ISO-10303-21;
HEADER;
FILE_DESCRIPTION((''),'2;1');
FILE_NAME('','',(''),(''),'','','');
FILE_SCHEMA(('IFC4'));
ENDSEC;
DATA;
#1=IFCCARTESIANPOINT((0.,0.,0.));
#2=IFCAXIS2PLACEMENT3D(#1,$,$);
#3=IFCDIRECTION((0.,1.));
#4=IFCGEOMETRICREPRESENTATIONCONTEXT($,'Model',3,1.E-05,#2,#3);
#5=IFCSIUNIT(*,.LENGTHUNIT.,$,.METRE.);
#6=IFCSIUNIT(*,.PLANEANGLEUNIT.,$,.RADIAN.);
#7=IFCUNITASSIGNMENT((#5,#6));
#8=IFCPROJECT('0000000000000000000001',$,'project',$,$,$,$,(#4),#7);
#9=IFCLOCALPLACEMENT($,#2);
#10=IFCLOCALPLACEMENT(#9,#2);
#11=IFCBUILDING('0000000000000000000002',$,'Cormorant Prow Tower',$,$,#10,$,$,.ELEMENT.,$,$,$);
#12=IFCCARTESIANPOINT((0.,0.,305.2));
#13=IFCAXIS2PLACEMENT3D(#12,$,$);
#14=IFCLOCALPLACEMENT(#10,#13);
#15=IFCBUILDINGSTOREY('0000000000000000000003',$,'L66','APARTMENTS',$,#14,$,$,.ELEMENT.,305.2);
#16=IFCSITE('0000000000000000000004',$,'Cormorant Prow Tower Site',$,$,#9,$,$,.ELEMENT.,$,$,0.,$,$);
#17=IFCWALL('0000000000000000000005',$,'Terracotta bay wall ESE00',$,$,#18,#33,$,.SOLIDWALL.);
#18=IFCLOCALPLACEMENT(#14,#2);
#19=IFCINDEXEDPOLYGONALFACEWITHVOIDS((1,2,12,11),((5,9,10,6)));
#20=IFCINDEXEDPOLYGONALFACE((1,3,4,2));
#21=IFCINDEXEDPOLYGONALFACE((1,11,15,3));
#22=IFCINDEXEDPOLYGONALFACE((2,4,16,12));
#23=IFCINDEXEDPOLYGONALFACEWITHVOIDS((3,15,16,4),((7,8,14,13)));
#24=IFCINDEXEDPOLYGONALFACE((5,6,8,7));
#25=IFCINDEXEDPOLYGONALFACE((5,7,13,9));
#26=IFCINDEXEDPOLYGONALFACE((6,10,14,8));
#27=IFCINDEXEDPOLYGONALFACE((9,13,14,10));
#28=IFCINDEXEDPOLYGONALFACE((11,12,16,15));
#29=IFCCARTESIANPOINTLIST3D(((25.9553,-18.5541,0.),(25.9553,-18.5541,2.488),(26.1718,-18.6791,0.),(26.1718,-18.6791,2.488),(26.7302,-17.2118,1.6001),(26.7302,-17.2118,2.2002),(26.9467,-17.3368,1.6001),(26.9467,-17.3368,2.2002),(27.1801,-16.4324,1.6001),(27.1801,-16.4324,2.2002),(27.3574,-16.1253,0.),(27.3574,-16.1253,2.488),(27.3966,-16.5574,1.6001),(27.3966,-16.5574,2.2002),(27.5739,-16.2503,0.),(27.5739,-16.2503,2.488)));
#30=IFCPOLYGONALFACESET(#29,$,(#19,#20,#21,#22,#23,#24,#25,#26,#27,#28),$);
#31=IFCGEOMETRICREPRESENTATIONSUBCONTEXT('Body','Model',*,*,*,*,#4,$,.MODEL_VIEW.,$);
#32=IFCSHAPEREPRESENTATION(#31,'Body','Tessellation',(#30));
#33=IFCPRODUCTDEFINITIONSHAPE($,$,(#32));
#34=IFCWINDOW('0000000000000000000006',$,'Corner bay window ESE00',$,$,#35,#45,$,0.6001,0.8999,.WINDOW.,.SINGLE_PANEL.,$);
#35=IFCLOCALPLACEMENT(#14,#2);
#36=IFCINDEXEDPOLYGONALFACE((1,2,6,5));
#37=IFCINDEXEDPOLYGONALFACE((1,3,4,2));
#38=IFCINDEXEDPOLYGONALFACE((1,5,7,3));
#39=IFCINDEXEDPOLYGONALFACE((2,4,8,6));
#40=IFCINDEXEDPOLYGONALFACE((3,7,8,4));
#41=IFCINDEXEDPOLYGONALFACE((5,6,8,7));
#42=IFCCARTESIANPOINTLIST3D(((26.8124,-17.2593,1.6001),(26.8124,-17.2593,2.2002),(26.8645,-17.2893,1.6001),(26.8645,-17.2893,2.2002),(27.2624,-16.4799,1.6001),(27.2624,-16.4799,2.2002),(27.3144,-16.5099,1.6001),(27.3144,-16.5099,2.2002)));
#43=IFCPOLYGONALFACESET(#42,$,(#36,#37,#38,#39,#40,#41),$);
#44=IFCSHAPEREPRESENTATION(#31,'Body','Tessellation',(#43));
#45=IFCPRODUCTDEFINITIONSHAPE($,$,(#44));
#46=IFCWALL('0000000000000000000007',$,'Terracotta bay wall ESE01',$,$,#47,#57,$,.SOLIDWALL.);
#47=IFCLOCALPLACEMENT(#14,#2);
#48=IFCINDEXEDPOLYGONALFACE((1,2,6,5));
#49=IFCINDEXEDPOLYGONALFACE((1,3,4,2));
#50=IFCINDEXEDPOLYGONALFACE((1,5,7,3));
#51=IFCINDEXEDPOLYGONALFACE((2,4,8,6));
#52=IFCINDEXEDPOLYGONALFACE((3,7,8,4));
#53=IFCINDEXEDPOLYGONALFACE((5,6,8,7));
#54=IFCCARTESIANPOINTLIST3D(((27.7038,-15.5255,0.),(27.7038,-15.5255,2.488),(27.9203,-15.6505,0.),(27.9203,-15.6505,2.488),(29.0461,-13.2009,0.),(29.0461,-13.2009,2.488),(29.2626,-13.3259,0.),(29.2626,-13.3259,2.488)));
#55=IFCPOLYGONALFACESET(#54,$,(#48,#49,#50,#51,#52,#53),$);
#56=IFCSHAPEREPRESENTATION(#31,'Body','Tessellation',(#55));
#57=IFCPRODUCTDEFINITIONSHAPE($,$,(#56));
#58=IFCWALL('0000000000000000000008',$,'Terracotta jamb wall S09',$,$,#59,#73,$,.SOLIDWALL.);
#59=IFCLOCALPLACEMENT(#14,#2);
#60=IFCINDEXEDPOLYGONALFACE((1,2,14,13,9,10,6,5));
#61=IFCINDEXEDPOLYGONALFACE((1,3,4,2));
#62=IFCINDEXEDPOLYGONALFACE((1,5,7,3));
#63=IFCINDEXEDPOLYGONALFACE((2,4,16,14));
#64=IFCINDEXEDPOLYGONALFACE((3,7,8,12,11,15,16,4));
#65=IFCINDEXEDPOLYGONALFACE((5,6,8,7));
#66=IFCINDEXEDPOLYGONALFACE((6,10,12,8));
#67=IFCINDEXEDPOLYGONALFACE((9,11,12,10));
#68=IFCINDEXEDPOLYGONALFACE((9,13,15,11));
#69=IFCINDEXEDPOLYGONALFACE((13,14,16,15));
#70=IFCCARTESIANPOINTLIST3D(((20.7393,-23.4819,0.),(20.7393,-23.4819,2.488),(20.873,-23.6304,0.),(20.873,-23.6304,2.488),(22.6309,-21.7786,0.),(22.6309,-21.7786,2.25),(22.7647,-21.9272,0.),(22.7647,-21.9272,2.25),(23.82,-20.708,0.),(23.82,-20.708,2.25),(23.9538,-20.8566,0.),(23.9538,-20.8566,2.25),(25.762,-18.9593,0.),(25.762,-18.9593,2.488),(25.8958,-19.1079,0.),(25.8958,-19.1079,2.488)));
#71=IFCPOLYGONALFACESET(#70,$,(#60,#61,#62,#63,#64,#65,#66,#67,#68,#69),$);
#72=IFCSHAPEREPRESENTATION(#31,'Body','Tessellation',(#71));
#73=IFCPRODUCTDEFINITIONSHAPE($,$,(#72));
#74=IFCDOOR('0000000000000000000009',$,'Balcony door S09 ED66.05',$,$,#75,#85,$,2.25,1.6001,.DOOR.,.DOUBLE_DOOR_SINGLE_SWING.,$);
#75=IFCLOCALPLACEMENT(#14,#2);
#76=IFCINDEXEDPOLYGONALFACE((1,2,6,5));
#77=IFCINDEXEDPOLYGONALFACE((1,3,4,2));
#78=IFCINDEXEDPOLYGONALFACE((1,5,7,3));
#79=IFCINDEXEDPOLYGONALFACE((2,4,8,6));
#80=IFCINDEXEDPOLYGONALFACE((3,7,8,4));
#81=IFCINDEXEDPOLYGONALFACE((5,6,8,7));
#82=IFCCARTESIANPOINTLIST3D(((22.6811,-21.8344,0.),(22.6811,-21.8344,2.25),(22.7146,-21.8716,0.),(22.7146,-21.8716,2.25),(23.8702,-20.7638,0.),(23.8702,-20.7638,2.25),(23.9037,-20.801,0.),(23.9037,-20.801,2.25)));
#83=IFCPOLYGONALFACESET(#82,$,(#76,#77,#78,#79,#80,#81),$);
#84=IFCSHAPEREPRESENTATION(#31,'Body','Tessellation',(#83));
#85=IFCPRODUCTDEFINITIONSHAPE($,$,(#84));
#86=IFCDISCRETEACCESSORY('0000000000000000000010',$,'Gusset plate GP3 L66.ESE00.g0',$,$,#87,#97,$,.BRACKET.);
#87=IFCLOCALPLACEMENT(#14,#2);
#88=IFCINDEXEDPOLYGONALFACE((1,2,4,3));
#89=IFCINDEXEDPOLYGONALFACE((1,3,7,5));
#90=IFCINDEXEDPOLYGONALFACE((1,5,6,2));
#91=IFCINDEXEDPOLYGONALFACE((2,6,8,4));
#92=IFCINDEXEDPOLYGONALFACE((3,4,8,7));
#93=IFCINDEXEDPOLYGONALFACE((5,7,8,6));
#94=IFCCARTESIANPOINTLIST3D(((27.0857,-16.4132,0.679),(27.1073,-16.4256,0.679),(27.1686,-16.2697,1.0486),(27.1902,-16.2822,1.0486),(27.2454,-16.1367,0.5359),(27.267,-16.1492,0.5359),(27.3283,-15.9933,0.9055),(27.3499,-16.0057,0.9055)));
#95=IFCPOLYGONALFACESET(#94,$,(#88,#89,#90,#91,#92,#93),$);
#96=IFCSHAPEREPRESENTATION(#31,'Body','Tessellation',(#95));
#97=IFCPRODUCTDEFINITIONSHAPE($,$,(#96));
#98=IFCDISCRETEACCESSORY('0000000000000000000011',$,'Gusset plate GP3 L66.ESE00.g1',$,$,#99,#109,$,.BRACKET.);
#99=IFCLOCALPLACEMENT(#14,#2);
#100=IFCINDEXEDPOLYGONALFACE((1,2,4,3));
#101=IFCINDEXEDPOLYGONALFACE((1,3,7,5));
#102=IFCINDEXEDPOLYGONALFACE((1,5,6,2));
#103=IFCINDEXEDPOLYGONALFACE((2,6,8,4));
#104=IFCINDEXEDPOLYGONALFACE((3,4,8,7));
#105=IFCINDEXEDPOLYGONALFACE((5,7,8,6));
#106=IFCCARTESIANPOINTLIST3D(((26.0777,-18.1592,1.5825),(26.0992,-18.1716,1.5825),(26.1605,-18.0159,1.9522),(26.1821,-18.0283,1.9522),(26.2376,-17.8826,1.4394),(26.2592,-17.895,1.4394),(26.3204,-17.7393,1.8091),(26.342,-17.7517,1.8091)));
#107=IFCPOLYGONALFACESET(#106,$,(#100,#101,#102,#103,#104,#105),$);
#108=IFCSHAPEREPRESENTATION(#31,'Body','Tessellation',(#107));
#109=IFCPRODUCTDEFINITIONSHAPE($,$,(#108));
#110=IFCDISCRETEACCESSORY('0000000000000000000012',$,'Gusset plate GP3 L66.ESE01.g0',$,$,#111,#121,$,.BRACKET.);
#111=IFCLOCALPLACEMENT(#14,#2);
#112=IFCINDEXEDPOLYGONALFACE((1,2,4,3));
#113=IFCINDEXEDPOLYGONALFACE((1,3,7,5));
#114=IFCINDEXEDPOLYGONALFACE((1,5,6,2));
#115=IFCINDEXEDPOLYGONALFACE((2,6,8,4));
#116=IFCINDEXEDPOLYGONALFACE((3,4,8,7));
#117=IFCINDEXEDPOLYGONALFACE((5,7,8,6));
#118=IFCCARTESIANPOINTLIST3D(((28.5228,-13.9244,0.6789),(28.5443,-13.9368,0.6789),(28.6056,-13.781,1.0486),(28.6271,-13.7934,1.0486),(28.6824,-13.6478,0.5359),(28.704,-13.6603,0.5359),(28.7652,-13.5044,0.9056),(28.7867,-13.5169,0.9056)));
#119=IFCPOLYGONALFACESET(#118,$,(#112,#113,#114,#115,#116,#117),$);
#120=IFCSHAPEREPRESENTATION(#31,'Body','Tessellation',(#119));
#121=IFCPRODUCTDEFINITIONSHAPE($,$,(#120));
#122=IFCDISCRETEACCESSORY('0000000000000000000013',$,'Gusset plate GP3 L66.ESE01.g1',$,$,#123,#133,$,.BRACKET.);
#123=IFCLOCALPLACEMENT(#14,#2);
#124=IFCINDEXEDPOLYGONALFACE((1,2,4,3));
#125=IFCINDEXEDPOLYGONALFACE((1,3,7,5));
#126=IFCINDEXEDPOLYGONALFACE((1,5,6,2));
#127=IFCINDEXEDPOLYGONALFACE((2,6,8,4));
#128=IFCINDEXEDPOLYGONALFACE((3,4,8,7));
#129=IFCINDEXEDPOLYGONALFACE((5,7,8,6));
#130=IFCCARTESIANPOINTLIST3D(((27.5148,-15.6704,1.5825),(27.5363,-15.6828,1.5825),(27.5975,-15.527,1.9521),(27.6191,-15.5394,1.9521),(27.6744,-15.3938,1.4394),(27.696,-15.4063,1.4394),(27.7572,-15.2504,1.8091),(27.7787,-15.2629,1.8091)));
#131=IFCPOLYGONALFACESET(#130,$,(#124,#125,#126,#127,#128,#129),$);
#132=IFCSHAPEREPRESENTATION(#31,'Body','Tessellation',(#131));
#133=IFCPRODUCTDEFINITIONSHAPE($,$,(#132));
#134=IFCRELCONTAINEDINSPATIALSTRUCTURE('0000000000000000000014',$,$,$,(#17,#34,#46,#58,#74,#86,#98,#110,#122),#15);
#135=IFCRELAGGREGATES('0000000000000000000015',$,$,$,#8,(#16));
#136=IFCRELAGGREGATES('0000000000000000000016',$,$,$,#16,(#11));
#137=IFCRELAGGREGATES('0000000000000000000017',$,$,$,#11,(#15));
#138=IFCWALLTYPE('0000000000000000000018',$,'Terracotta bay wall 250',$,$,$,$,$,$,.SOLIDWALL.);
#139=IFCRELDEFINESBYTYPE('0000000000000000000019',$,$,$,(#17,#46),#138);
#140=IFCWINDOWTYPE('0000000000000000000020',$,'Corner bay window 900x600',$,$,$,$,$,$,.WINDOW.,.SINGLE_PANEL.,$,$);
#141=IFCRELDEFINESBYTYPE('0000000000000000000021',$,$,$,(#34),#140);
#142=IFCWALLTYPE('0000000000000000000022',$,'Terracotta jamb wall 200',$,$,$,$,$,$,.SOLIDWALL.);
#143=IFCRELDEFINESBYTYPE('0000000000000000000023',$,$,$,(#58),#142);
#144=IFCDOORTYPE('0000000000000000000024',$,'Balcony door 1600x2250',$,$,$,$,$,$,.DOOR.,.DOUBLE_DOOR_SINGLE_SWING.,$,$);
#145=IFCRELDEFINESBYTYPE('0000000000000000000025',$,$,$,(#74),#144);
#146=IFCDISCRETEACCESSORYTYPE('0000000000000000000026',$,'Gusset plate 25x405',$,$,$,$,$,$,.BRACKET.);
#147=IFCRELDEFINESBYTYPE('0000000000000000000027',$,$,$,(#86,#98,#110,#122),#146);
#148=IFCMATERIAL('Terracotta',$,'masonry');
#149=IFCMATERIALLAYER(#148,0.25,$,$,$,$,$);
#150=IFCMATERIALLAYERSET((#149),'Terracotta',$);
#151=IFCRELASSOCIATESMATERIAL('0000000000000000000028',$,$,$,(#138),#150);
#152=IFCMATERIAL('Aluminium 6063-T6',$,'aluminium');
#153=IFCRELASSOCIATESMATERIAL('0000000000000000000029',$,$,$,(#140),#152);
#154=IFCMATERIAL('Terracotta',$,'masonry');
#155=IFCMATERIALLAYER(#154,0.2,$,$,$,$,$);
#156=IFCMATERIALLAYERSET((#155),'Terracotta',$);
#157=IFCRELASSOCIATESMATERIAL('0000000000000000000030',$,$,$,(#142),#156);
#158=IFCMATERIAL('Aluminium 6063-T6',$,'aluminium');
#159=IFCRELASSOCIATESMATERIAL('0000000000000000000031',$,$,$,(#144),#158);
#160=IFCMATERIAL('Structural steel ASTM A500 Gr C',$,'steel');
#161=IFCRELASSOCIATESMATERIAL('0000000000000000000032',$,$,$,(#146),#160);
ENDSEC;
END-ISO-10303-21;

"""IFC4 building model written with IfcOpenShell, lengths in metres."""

from ifc_helpers import new_model, si_unit, direction, frame, frame_2d, origin, origin_2d, place, context, subcontext, project, spatial, rectangle, extrude, material, layer, layer_set, material_profile, profile_set, type_object, element, fill, save


model = new_model("IFC4")

# Units and contexts
model_context = context("Model", 3, precision=1e-05, world=origin(), true_north=direction((0.0, 1.0)))
body_context = subcontext(model_context, "Body", "Model", "MODEL_VIEW")
ifc_project = project(units=[si_unit("LENGTHUNIT", "METRE"), si_unit("PLANEANGLEUNIT", "RADIAN")], contexts=[model_context])

# Site, building, storey
site_placement = place(None, origin())
site = spatial("IfcSite", under=ifc_project, at=site_placement, Name="Cormorant Prow Tower Site", CompositionType="ELEMENT", RefElevation=0.0)
building_placement = place(site_placement, origin())
building = spatial("IfcBuilding", under=site, at=building_placement, Name="Cormorant Prow Tower", CompositionType="ELEMENT")
storey_placement = place(building_placement, frame((0.0, 0.0, 305.2)))
storey = spatial("IfcBuildingStorey", under=building, at=storey_placement, Name="L66", Description="APARTMENTS", CompositionType="ELEMENT", Elevation=305.2)

# Wall, opening, window
ifc_material_1 = material(Name="Terracotta", Category="masonry")
ifc_layer_1 = layer(ifc_material_1, 0.25)
ifc_layer_set_1 = layer_set([ifc_layer_1], Name="Terracotta")
wall_type_1 = type_object("IfcWallType", Name="Terracotta bay wall 250", PredefinedType="SOLIDWALL", material=ifc_layer_set_1)
wall_1_placement = place(storey_placement, frame((26.0635, -18.6167, 0.0), z_axis=(0.0, 0.0, 1.0), x_axis=(0.499969, 0.866044, 0.0)))
wall_1 = element("IfcWall", 1, at=wall_1_placement, inside=storey, type_object=wall_type_1, Name="Terracotta bay wall ESE00", PredefinedType="SOLIDWALL", context=body_context, shape_type="SweptSolid", body=[
    extrude(rectangle(XDim=2.8044, YDim=0.25, at=frame_2d((1.4023, 0.0))), origin(), (0.0, 0.0, 1.0), 2.488),
])
opening_1_placement = place(wall_1_placement, frame((1.55, 0.0, 1.6001)))
opening_1 = element("IfcOpeningElement", 2, at=opening_1_placement, cuts=wall_1, PredefinedType="OPENING", context=body_context, shape_type="SweptSolid", body=[
    extrude(rectangle(XDim=0.8999, YDim=0.6001, at=frame_2d((0.45, 0.3))), frame((0.0, 0.135, 0.0), z_axis=(0.0, -1.0, 0.0), x_axis=(1.0, 0.0, 0.0)), (0.0, 0.0, 1.0), 0.27),
])
ifc_material_2 = material(Name="Aluminium 6063-T6", Category="aluminium")
window_type = type_object("IfcWindowType", Name="Corner bay window 900x600", PartitioningType="SINGLE_PANEL", PredefinedType="WINDOW", material=ifc_material_2)
window_placement = place(opening_1_placement, origin())
window = element("IfcWindow", 3, at=window_placement, inside=storey, type_object=window_type, Name="Corner bay window ESE00", OverallHeight=0.6001, OverallWidth=0.8999, PartitioningType="SINGLE_PANEL", PredefinedType="WINDOW", context=body_context, shape_type="SweptSolid", body=[
    extrude(rectangle(XDim=0.8999, YDim=0.6001, at=frame_2d((0.45, 0.3))), frame((0.0, 0.03, 0.0), z_axis=(0.0, -1.0, 0.0), x_axis=(1.0, 0.0, 0.0)), (0.0, 0.0, 1.0), 0.0601),
])
fill(opening_1, window)

# Wall
wall_2_placement = place(storey_placement, frame((27.812, -15.5881, 0.0), z_axis=(0.0, 0.0, 1.0), x_axis=(0.500032, 0.866007, 0.0)))
element("IfcWall", 4, at=wall_2_placement, inside=storey, type_object=wall_type_1, Name="Terracotta bay wall ESE01", PredefinedType="SOLIDWALL", context=body_context, shape_type="SweptSolid", body=[
    extrude(rectangle(XDim=2.6843, YDim=0.25, at=frame_2d((1.3423, 0.0))), origin(), (0.0, 0.0, 1.0), 2.488),
])

# Wall, opening, door
ifc_material_3 = material(Name="Terracotta", Category="masonry")
ifc_layer_2 = layer(ifc_material_3, 0.2)
ifc_layer_set_2 = layer_set([ifc_layer_2], Name="Terracotta")
wall_type_2 = type_object("IfcWallType", Name="Terracotta jamb wall 200", PredefinedType="SOLIDWALL", material=ifc_layer_set_2)
wall_3_placement = place(storey_placement, frame((20.8062, -23.5562, 0.0), z_axis=(0.0, 0.0, 1.0), x_axis=(0.743145, 0.66913, 0.0)))
wall_3 = element("IfcWall", 5, at=wall_3_placement, inside=storey, type_object=wall_type_2, Name="Terracotta jamb wall S09", PredefinedType="SOLIDWALL", context=body_context, shape_type="SweptSolid", body=[
    extrude(rectangle(XDim=6.7588, YDim=0.2, at=frame_2d((3.3794, 0.0))), origin(), (0.0, 0.0, 1.0), 2.488),
])
opening_2_placement = place(wall_3_placement, frame((2.5454, 0.0, 0.0)))
opening_2 = element("IfcOpeningElement", 6, at=opening_2_placement, cuts=wall_3, PredefinedType="OPENING", context=body_context, shape_type="SweptSolid", body=[
    extrude(rectangle(XDim=1.6001, YDim=2.25, at=frame_2d((0.8, 1.125))), frame((0.0, 0.1099, 0.0), z_axis=(0.0, -1.0, 0.0), x_axis=(1.0, 0.0, 0.0)), (0.0, 0.0, 1.0), 0.22),
])
ifc_material_4 = material(Name="Aluminium 6063-T6", Category="aluminium")
door_type_1 = type_object("IfcDoorType", Name="Balcony door 1600x2250", OperationType="DOUBLE_DOOR_SINGLE_SWING", PredefinedType="DOOR", material=ifc_material_4)
door_1_placement = place(opening_2_placement, origin())
door_1 = element("IfcDoor", 7, at=door_1_placement, inside=storey, type_object=door_type_1, Name="Balcony door S09 ED66.05", OperationType="DOUBLE_DOOR_SINGLE_SWING", OverallHeight=2.25, OverallWidth=1.6001, PredefinedType="DOOR", context=body_context, shape_type="SweptSolid", body=[
    extrude(rectangle(XDim=1.6001, YDim=2.25, at=frame_2d((0.8, 1.125))), frame((0.0, 0.0249, 0.0), z_axis=(0.0, -1.0, 0.0), x_axis=(1.0, 0.0, 0.0)), (0.0, 0.0, 1.0), 0.05),
])
fill(opening_2, door_1)

# Discrete accessories
ifc_material_5 = material(Name="Structural steel ASTM A500 Gr C", Category="steel")
ifc_material_profile_1 = material_profile(ifc_material_5, rectangle(XDim=0.0249, YDim=0.405, at=origin_2d()), Name="Gusset plate 25x405")
ifc_profile_set_1 = profile_set([ifc_material_profile_1], Name="Structural steel ASTM A500 Gr C")
discrete_accessory_type = type_object("IfcDiscreteAccessoryType", Name="Gusset plate 25x405", PredefinedType="BRACKET", material=ifc_profile_set_1)
discrete_accessory_1_placement = place(storey_placement, frame((27.1379, -16.3477, 0.8638), z_axis=(0.456491, 0.790135, -0.409027), x_axis=(-0.86588, 0.500252, 0.0)))
element("IfcDiscreteAccessory", 8, at=discrete_accessory_1_placement, inside=storey, type_object=discrete_accessory_type, Name="Gusset plate GP3 L66.ESE00.g0", PredefinedType="BRACKET", context=body_context, shape_type="SweptSolid", body=[
    extrude(rectangle(XDim=0.0249, YDim=0.405, at=origin_2d()), origin(), (0.0, 0.0, 1.0), 0.3499),
])
discrete_accessory_2_placement = place(storey_placement, frame((26.2898, -17.8171, 1.6243), z_axis=(-0.456792, -0.790145, 0.408672), x_axis=(0.86574, -0.500494, 0.0)))
element("IfcDiscreteAccessory", 9, at=discrete_accessory_2_placement, inside=storey, type_object=discrete_accessory_type, Name="Gusset plate GP3 L66.ESE00.g1", PredefinedType="BRACKET", context=body_context, shape_type="SweptSolid", body=[
    extrude(rectangle(XDim=0.0249, YDim=0.405, at=origin_2d()), origin(), (0.0, 0.0, 1.0), 0.3501),
])
for number, where, z_axis, x_axis, name in (
    (10, (28.575, -13.8589, 0.8638), (0.456239, 0.790397, -0.408802), (-0.866071, 0.499921, 0.0), "Gusset plate GP3 L66.ESE01.g0"),
    (11, (27.7266, -15.3284, 1.6243), (-0.456239, -0.790397, 0.408802), (0.866071, -0.499921, 0.0), "Gusset plate GP3 L66.ESE01.g1"),
):
    element("IfcDiscreteAccessory", number, at=place(storey_placement, frame(where, z_axis=z_axis, x_axis=x_axis)), inside=storey, type_object=discrete_accessory_type, Name=name, PredefinedType="BRACKET", context=body_context, shape_type="SweptSolid", body=[
        extrude(rectangle(XDim=0.0249, YDim=0.405, at=origin_2d()), origin(), (0.0, 0.0, 1.0), 0.3499),
    ])

save(model, "model.ifc")
